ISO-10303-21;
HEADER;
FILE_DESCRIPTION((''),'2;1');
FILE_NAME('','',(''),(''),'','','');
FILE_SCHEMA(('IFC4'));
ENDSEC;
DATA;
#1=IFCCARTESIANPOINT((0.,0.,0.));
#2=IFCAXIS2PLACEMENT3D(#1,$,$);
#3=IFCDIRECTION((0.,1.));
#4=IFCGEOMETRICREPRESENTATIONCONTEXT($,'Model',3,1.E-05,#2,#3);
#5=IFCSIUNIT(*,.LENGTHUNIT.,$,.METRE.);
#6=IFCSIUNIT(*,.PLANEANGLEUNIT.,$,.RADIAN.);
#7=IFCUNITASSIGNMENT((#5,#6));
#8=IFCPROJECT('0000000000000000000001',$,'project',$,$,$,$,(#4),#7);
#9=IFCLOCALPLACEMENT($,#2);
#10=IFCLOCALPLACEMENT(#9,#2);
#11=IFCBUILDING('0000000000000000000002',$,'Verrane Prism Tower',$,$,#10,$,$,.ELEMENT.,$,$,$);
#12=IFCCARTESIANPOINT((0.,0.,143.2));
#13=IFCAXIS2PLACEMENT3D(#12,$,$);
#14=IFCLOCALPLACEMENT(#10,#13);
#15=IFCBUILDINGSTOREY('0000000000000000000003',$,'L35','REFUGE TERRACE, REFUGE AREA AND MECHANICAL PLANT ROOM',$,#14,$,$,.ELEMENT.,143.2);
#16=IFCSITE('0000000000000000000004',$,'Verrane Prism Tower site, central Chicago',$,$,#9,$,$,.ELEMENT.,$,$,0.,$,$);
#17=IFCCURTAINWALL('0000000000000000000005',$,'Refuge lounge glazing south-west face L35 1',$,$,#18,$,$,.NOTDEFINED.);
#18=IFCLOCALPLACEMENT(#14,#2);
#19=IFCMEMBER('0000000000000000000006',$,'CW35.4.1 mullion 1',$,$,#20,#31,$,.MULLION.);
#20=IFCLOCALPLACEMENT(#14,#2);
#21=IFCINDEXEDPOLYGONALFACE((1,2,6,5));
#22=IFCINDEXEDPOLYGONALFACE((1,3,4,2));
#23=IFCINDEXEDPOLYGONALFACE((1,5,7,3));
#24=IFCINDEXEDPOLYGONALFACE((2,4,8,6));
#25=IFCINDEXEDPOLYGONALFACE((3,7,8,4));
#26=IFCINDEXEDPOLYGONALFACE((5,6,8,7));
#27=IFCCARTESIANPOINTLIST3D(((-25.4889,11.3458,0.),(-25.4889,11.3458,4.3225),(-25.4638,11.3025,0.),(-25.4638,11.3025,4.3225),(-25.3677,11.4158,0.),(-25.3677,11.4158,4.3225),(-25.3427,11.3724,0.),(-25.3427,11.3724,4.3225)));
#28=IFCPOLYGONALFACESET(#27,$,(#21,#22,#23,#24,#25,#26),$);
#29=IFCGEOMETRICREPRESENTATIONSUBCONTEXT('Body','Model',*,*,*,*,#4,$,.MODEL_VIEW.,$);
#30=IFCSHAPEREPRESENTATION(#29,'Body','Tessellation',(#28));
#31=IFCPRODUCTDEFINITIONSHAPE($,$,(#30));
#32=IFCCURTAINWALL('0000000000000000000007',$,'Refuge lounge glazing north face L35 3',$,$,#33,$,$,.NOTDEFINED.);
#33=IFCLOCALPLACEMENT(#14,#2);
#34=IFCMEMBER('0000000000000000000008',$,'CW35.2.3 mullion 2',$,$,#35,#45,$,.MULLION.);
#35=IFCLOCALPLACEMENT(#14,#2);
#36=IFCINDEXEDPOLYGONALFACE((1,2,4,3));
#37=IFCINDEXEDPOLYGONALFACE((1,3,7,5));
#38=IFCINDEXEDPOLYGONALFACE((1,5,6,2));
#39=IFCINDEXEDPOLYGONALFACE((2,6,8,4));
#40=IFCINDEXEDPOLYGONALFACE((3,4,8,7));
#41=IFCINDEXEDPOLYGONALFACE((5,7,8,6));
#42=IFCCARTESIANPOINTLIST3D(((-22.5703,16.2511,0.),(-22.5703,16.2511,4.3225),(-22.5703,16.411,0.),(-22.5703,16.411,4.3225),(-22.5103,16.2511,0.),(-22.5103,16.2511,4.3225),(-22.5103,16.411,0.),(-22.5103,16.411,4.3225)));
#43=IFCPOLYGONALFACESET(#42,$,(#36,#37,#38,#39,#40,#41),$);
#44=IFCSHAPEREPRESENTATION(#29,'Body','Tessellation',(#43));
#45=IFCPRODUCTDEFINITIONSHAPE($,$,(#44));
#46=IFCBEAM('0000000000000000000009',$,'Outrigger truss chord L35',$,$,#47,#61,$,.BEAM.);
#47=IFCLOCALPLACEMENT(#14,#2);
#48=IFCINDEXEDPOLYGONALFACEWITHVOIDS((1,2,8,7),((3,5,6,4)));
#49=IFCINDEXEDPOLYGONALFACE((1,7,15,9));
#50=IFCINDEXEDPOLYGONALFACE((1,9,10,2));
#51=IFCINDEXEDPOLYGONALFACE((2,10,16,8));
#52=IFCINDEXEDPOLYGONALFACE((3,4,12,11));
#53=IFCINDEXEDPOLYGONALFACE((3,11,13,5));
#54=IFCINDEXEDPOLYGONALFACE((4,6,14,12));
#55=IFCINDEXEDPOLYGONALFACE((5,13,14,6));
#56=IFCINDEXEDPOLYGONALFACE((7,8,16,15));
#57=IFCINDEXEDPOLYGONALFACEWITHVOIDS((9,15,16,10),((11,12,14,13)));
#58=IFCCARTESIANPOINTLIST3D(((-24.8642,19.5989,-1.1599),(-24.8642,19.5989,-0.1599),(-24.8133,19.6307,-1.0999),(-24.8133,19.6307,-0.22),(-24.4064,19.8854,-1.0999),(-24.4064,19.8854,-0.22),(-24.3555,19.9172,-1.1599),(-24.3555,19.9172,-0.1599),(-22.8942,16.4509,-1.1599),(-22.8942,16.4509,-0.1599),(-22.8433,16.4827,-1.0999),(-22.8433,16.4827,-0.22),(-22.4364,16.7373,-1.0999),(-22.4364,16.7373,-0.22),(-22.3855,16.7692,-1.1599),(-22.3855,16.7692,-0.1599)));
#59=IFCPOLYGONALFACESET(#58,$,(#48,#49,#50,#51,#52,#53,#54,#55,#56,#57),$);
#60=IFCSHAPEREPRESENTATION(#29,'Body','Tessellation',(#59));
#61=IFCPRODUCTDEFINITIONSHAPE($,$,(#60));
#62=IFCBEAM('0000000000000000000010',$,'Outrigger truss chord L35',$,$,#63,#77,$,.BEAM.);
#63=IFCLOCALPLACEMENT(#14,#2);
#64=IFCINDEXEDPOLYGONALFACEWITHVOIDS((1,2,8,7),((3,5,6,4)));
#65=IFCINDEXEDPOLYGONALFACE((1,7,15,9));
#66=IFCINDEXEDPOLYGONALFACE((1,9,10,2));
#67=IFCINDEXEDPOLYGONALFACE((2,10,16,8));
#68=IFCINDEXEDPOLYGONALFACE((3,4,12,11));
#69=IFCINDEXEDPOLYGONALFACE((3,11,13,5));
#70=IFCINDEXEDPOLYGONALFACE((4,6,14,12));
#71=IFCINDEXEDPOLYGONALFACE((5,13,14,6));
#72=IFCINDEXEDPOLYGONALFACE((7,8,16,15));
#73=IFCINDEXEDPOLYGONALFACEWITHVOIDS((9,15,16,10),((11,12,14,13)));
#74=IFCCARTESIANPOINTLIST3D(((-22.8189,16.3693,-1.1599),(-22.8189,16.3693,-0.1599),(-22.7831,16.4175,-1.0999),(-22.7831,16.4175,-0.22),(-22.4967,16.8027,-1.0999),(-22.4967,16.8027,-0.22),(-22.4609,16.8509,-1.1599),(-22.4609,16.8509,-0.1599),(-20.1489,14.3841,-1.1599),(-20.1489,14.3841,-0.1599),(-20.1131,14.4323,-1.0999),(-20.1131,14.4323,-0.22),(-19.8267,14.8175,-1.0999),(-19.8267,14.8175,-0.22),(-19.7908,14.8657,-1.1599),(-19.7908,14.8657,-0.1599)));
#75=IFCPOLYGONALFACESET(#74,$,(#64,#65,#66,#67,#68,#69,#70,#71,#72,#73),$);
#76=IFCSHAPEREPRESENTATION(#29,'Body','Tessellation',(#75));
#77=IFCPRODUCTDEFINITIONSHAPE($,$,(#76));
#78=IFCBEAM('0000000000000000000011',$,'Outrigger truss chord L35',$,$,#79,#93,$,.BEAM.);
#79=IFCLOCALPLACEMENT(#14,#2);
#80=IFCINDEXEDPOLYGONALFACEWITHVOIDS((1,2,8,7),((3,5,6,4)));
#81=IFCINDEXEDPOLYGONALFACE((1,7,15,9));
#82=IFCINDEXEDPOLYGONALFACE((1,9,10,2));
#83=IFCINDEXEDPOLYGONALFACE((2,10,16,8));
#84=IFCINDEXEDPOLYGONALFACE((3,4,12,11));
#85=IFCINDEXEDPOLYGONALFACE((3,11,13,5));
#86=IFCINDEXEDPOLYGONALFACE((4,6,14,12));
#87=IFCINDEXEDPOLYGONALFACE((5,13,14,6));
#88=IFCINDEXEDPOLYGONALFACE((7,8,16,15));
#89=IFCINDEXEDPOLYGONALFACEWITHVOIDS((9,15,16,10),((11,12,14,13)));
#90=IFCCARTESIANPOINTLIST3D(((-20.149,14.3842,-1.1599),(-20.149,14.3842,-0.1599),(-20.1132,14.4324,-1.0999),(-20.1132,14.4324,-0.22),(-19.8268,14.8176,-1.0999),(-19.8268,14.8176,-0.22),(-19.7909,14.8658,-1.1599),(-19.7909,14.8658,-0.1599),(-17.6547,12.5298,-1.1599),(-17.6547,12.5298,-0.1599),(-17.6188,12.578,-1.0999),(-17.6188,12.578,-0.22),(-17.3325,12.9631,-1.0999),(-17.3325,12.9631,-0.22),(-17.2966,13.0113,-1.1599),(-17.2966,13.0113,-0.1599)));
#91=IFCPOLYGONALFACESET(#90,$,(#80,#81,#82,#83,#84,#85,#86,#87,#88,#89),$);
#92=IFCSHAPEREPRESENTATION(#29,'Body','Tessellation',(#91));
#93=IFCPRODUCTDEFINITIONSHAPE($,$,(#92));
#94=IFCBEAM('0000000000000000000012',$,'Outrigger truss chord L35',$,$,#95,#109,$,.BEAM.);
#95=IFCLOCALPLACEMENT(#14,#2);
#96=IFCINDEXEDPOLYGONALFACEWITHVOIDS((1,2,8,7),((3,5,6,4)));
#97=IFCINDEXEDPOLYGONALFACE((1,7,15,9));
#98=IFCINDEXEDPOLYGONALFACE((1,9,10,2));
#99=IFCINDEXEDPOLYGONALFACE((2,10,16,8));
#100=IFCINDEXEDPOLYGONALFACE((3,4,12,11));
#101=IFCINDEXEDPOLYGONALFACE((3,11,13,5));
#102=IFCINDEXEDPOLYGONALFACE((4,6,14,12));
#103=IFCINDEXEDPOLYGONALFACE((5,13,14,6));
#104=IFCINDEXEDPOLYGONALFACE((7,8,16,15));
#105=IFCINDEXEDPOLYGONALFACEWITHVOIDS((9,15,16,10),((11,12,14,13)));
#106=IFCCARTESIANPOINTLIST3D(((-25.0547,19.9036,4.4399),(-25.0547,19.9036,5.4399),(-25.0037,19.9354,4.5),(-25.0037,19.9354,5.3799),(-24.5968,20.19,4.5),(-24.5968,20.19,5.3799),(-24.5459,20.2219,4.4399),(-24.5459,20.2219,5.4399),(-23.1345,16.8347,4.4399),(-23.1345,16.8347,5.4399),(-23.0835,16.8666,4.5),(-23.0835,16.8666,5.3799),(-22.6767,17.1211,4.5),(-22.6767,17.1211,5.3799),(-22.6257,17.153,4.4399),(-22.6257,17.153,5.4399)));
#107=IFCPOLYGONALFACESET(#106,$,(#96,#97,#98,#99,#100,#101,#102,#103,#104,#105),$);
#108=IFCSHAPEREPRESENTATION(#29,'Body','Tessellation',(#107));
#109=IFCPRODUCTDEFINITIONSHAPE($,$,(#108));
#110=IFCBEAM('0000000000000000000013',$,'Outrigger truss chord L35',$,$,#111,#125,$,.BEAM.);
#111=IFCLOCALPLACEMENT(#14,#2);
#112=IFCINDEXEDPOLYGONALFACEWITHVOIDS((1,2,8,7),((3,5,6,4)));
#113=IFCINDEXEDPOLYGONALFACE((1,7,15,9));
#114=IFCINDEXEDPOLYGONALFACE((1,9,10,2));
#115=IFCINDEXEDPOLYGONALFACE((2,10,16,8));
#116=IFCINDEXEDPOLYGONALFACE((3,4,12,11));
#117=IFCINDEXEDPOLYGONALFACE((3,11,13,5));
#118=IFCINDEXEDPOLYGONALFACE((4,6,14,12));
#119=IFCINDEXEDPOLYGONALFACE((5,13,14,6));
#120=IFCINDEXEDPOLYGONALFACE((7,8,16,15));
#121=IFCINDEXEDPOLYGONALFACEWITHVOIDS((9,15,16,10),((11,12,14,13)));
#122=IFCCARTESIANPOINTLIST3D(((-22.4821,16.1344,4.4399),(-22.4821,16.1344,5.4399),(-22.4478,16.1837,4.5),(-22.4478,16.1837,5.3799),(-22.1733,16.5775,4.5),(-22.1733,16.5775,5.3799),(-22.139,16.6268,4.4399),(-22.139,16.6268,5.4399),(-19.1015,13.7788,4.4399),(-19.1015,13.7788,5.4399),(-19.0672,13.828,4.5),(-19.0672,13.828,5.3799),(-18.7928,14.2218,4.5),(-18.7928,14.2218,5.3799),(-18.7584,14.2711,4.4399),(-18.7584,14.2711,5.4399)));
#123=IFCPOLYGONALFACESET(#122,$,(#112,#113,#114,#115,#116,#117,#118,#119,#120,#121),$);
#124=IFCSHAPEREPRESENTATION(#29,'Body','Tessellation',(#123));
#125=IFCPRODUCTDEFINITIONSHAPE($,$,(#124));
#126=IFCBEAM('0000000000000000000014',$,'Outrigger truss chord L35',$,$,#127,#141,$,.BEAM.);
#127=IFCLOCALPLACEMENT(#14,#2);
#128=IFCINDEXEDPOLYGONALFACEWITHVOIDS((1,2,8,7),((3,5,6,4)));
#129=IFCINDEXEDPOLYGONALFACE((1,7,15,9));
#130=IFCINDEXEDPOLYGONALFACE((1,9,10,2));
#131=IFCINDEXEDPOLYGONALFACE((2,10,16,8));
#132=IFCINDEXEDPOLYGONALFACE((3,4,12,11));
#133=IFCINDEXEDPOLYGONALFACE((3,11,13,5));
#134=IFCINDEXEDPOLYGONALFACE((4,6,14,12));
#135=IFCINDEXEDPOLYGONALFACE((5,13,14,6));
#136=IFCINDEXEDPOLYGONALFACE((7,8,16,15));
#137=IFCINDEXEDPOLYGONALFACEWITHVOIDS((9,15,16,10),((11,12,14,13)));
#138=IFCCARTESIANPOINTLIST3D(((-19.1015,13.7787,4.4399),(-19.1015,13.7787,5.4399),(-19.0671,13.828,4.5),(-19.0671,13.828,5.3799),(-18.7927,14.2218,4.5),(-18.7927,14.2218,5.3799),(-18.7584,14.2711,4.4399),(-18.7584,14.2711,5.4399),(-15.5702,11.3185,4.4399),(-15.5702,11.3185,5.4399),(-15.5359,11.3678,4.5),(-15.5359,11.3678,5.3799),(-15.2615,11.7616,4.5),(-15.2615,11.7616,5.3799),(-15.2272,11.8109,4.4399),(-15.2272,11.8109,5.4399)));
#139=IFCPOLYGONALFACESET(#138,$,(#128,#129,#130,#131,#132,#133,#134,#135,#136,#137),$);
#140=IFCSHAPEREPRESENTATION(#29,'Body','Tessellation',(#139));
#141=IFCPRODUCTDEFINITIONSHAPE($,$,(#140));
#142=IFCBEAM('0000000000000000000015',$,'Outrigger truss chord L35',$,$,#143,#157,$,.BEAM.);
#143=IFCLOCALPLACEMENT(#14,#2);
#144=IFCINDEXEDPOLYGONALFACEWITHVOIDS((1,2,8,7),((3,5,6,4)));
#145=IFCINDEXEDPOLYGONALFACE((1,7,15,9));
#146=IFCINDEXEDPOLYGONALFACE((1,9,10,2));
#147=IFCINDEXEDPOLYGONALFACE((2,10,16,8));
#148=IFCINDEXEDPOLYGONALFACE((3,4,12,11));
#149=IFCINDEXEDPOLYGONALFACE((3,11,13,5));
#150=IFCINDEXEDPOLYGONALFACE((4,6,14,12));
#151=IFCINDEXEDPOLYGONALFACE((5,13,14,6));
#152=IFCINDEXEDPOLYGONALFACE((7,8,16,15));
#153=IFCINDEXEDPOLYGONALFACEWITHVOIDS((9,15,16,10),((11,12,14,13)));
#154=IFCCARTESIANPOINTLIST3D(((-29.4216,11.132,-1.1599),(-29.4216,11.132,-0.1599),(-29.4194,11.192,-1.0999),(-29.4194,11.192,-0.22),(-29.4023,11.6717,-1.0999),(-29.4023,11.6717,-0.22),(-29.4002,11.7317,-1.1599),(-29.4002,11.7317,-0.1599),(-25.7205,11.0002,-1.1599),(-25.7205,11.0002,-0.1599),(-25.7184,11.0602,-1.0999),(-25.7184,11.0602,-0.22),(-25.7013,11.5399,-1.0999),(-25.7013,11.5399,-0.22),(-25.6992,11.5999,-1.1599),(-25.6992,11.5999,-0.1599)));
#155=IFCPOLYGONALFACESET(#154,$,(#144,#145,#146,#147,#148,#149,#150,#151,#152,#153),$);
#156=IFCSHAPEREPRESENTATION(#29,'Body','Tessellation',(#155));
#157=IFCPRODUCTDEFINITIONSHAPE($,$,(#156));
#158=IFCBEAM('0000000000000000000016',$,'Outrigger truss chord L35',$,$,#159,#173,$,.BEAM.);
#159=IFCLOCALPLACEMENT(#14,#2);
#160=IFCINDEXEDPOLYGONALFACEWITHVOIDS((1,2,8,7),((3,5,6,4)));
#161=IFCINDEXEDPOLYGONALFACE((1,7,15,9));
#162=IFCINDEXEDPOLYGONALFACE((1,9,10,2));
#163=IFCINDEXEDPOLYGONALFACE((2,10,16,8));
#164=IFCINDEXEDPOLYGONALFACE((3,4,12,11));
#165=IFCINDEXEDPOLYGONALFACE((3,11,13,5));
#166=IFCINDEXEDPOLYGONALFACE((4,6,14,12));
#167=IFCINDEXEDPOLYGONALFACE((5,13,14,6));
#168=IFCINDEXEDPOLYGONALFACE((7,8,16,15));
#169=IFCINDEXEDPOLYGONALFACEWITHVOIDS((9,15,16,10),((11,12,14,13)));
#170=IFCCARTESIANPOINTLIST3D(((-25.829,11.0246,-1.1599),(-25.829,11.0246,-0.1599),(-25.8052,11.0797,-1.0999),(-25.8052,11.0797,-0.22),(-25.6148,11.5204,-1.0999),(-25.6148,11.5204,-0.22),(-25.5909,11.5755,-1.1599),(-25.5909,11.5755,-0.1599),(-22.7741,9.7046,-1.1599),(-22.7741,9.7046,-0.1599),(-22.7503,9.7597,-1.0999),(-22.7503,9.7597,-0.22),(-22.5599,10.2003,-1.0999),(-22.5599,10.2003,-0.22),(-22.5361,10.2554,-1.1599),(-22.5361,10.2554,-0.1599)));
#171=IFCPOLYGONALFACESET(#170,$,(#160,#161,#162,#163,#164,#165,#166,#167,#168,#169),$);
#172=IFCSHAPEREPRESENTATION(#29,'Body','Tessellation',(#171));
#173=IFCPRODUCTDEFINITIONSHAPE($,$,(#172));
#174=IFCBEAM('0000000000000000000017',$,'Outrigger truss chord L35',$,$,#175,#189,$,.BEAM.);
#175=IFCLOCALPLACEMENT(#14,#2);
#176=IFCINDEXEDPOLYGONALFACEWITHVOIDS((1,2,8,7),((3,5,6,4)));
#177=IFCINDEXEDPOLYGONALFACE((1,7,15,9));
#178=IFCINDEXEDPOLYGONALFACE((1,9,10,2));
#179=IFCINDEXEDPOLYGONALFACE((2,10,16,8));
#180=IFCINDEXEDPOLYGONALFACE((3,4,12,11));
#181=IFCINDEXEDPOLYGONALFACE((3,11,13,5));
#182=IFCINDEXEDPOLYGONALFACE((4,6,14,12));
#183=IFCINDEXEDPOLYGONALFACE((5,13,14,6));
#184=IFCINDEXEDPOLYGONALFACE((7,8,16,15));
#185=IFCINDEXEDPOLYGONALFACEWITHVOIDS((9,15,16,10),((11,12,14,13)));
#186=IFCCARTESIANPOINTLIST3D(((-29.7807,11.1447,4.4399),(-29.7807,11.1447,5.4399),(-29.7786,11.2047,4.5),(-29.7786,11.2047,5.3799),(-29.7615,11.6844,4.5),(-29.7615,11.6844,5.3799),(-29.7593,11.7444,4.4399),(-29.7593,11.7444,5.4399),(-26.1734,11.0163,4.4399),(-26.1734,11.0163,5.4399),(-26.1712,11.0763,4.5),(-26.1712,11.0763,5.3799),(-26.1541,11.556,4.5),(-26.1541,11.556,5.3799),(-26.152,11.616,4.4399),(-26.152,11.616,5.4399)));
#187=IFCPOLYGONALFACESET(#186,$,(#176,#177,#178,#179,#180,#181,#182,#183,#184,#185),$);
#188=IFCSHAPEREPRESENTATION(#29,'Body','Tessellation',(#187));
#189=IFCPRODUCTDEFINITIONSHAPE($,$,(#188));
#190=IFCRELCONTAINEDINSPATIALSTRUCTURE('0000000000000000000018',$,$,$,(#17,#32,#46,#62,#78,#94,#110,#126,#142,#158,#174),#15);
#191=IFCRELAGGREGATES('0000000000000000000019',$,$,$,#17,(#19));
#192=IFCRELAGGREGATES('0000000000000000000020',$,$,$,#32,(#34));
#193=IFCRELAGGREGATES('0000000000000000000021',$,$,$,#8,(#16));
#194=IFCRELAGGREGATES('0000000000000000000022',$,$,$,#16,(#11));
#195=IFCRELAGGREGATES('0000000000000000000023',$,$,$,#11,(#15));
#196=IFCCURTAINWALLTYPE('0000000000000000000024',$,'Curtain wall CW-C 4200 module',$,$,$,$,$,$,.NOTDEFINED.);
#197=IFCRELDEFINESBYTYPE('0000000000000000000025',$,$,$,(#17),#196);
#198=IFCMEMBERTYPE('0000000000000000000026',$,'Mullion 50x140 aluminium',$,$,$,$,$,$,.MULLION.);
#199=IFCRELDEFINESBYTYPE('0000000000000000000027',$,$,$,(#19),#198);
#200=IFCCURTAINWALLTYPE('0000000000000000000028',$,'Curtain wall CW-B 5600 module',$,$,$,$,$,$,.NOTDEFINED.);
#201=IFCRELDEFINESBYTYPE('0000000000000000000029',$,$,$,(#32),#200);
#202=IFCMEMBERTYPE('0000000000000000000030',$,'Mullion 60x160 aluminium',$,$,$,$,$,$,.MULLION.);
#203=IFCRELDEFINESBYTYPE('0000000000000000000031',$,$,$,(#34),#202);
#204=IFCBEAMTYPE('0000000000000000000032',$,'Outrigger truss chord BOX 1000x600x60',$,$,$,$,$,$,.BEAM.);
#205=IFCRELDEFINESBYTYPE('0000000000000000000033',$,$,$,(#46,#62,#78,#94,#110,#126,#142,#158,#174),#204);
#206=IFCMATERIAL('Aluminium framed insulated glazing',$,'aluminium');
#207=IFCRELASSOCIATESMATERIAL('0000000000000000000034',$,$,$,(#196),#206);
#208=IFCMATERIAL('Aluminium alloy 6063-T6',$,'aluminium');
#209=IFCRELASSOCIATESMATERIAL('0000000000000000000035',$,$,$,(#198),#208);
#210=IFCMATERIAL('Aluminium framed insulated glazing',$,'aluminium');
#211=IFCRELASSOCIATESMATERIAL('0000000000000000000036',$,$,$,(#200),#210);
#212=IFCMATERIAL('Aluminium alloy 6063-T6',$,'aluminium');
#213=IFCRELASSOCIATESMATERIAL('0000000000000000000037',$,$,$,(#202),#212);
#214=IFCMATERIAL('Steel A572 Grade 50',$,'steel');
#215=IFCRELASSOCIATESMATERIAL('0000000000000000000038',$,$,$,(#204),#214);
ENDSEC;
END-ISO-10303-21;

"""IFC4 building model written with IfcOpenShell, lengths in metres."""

from ifc_helpers import new_model, si_unit, direction, frame, origin, origin_2d, place, context, subcontext, project, spatial, rectangle, hollow_rectangle, extrude, material, material_profile, profile_set, type_object, element, aggregate, save


model = new_model("IFC4")

# Units and contexts
model_context = context("Model", 3, precision=1e-05, world=origin(), true_north=direction((0.0, 1.0)))
body_context = subcontext(model_context, "Body", "Model", "MODEL_VIEW")
ifc_project = project(units=[si_unit("LENGTHUNIT", "METRE"), si_unit("PLANEANGLEUNIT", "RADIAN")], contexts=[model_context])

# Site, building, storey
site_placement = place(None, origin())
site = spatial("IfcSite", under=ifc_project, at=site_placement, Name="Verrane Prism Tower site, central Chicago", CompositionType="ELEMENT", RefElevation=0.0)
building_placement = place(site_placement, origin())
building = spatial("IfcBuilding", under=site, at=building_placement, Name="Verrane Prism Tower", CompositionType="ELEMENT")
storey_placement = place(building_placement, frame((0.0, 0.0, 143.2)))
storey = spatial("IfcBuildingStorey", under=building, at=storey_placement, Name="L35", Description="REFUGE TERRACE, REFUGE AREA AND MECHANICAL PLANT ROOM", CompositionType="ELEMENT", Elevation=143.2)

# Curtain walls, members
ifc_material_1 = material(Name="Aluminium framed insulated glazing", Category="aluminium")
curtain_wall_type_1 = type_object("IfcCurtainWallType", Name="Curtain wall CW-C 4200 module", PredefinedType="NOTDEFINED", material=ifc_material_1)
curtain_wall_1_placement = place(storey_placement, origin())
curtain_wall_1 = element("IfcCurtainWall", 1, at=curtain_wall_1_placement, inside=storey, type_object=curtain_wall_type_1, Name="Refuge lounge glazing south-west face L35 1", PredefinedType="NOTDEFINED")
ifc_material_2 = material(Name="Aluminium alloy 6063-T6", Category="aluminium")
ifc_material_profile_1 = material_profile(ifc_material_2, rectangle(XDim=0.1399, YDim=0.05, at=origin_2d()), Name="Mullion 50x140 aluminium")
ifc_profile_set_1 = profile_set([ifc_material_profile_1], Name="Aluminium alloy 6063-T6")
member_type_1 = type_object("IfcMemberType", Name="Mullion 50x140 aluminium", PredefinedType="MULLION", material=ifc_profile_set_1)
member_1_placement = place(storey_placement, frame((-25.4158, 11.3591, 0.0), z_axis=(0.0, 0.0, 1.0), x_axis=(0.866025, 0.500001, 0.0)))
member_1 = element("IfcMember", 2, at=member_1_placement, type_object=member_type_1, Name="CW35.4.1 mullion 1", PredefinedType="MULLION", context=body_context, shape_type="SweptSolid", body=[
    extrude(rectangle(XDim=0.1399, YDim=0.05, at=origin_2d()), origin(), (0.0, 0.0, 1.0), 4.3225),
])
ifc_material_3 = material(Name="Aluminium framed insulated glazing", Category="aluminium")
curtain_wall_type_2 = type_object("IfcCurtainWallType", Name="Curtain wall CW-B 5600 module", PredefinedType="NOTDEFINED", material=ifc_material_3)
curtain_wall_2_placement = place(storey_placement, origin())
curtain_wall_2 = element("IfcCurtainWall", 3, at=curtain_wall_2_placement, inside=storey, type_object=curtain_wall_type_2, Name="Refuge lounge glazing north face L35 3", PredefinedType="NOTDEFINED")
ifc_material_4 = material(Name="Aluminium alloy 6063-T6", Category="aluminium")
ifc_material_profile_2 = material_profile(ifc_material_4, rectangle(XDim=0.1599, YDim=0.0601, at=origin_2d()), Name="Mullion 60x160 aluminium")
ifc_profile_set_2 = profile_set([ifc_material_profile_2], Name="Aluminium alloy 6063-T6")
member_type_2 = type_object("IfcMemberType", Name="Mullion 60x160 aluminium", PredefinedType="MULLION", material=ifc_profile_set_2)
member_2_placement = place(storey_placement, frame((-22.5403, 16.3311, 0.0), z_axis=(0.0, 0.0, 1.0), x_axis=(0.0, -1.0, 0.0)))
member_2 = element("IfcMember", 4, at=member_2_placement, type_object=member_type_2, Name="CW35.2.3 mullion 2", PredefinedType="MULLION", context=body_context, shape_type="SweptSolid", body=[
    extrude(rectangle(XDim=0.1599, YDim=0.0601, at=origin_2d()), origin(), (0.0, 0.0, 1.0), 4.3225),
])

# Beams
ifc_material_5 = material(Name="Steel A572 Grade 50", Category="steel")
ifc_material_profile_3 = material_profile(ifc_material_5, hollow_rectangle(XDim=0.6001, YDim=1.0, WallThickness=0.0601, at=origin_2d()), Name="BOX 1000x600x60")
ifc_profile_set_3 = profile_set([ifc_material_profile_3], Name="Steel A572 Grade 50")
beam_type_1 = type_object("IfcBeamType", Name="Outrigger truss chord BOX 1000x600x60", PredefinedType="BEAM", material=ifc_profile_set_3)
beam_1_placement = place(storey_placement, frame((-24.6099, 19.7581, -0.6599), z_axis=(0.530483, -0.847695, 0.0), x_axis=(0.847695, 0.530483, 0.0)))
element("IfcBeam", 5, at=beam_1_placement, inside=storey, type_object=beam_type_1, Name="Outrigger truss chord L35", PredefinedType="BEAM", context=body_context, shape_type="SweptSolid", body=[
    extrude(hollow_rectangle(XDim=0.6001, YDim=1.0, WallThickness=0.0601, at=origin_2d()), origin(), (0.0, 0.0, 1.0), 3.7136),
])
beam_2_placement = place(storey_placement, frame((-22.6399, 16.6101, -0.6599), z_axis=(0.802494, -0.59666, 0.0), x_axis=(0.59666, 0.802494, 0.0)))
element("IfcBeam", 6, at=beam_2_placement, inside=storey, type_object=beam_type_1, Name="Outrigger truss chord L35", PredefinedType="BEAM", context=body_context, shape_type="SweptSolid", body=[
    extrude(hollow_rectangle(XDim=0.6001, YDim=1.0, WallThickness=0.0601, at=origin_2d()), origin(), (0.0, 0.0, 1.0), 3.3271),
])
beam_3_placement = place(storey_placement, frame((-19.97, 14.625, -0.6599), z_axis=(0.80251, -0.596639, 0.0), x_axis=(0.596639, 0.80251, 0.0)))
element("IfcBeam", 7, at=beam_3_placement, inside=storey, type_object=beam_type_1, Name="Outrigger truss chord L35", PredefinedType="BEAM", context=body_context, shape_type="SweptSolid", body=[
    extrude(hollow_rectangle(XDim=0.6001, YDim=1.0, WallThickness=0.0601, at=origin_2d()), origin(), (0.0, 0.0, 1.0), 3.1082),
])
beam_4_placement = place(storey_placement, frame((-24.8003, 20.0627, 4.9399), z_axis=(0.530423, -0.847733, 0.0), x_axis=(0.847733, 0.530423, 0.0)))
element("IfcBeam", 8, at=beam_4_placement, inside=storey, type_object=beam_type_1, Name="Outrigger truss chord L35", PredefinedType="BEAM", context=body_context, shape_type="SweptSolid", body=[
    extrude(hollow_rectangle(XDim=0.6001, YDim=1.0, WallThickness=0.0601, at=origin_2d()), origin(), (0.0, 0.0, 1.0), 3.6201),
])
beam_5_placement = place(storey_placement, frame((-22.3105, 16.3806, 4.9399), z_axis=(0.820452, -0.571715, 0.0), x_axis=(0.571715, 0.820452, 0.0)))
element("IfcBeam", 9, at=beam_5_placement, inside=storey, type_object=beam_type_1, Name="Outrigger truss chord L35", PredefinedType="BEAM", context=body_context, shape_type="SweptSolid", body=[
    extrude(hollow_rectangle(XDim=0.6001, YDim=1.0, WallThickness=0.0601, at=origin_2d()), origin(), (0.0, 0.0, 1.0), 4.1204),
])
beam_6_placement = place(storey_placement, frame((-18.9299, 14.0249, 4.9399), z_axis=(0.820504, -0.571641, 0.0), x_axis=(0.571641, 0.820504, 0.0)))
element("IfcBeam", 10, at=beam_6_placement, inside=storey, type_object=beam_type_1, Name="Outrigger truss chord L35", PredefinedType="BEAM", context=body_context, shape_type="SweptSolid", body=[
    extrude(hollow_rectangle(XDim=0.6001, YDim=1.0, WallThickness=0.0601, at=origin_2d()), origin(), (0.0, 0.0, 1.0), 4.3037),
])
beam_7_placement = place(storey_placement, frame((-29.4109, 11.4319, -0.6599), z_axis=(0.999366, -0.0356, 0.0), x_axis=(0.0356, 0.999366, 0.0)))
element("IfcBeam", 11, at=beam_7_placement, inside=storey, type_object=beam_type_1, Name="Outrigger truss chord L35", PredefinedType="BEAM", context=body_context, shape_type="SweptSolid", body=[
    extrude(hollow_rectangle(XDim=0.6001, YDim=1.0, WallThickness=0.0601, at=origin_2d()), origin(), (0.0, 0.0, 1.0), 3.7034),
])
beam_8_placement = place(storey_placement, frame((-25.71, 11.3, -0.6599), z_axis=(0.917965, -0.396662, 0.0), x_axis=(0.396662, 0.917965, 0.0)))
element("IfcBeam", 12, at=beam_8_placement, inside=storey, type_object=beam_type_1, Name="Outrigger truss chord L35", PredefinedType="BEAM", context=body_context, shape_type="SweptSolid", body=[
    extrude(hollow_rectangle(XDim=0.6001, YDim=1.0, WallThickness=0.0601, at=origin_2d()), origin(), (0.0, 0.0, 1.0), 3.3279),
])
beam_9_placement = place(storey_placement, frame((-29.77, 11.4446, 4.9399), z_axis=(0.999367, -0.035576, 0.0), x_axis=(0.035576, 0.999367, 0.0)))
element("IfcBeam", 13, at=beam_9_placement, inside=storey, type_object=beam_type_1, Name="Outrigger truss chord L35", PredefinedType="BEAM", context=body_context, shape_type="SweptSolid", body=[
    extrude(hollow_rectangle(XDim=0.6001, YDim=1.0, WallThickness=0.0601, at=origin_2d()), origin(), (0.0, 0.0, 1.0), 3.6096),
])

aggregate(curtain_wall_1, [member_1])

aggregate(curtain_wall_2, [member_2])

save(model, "model.ifc")
